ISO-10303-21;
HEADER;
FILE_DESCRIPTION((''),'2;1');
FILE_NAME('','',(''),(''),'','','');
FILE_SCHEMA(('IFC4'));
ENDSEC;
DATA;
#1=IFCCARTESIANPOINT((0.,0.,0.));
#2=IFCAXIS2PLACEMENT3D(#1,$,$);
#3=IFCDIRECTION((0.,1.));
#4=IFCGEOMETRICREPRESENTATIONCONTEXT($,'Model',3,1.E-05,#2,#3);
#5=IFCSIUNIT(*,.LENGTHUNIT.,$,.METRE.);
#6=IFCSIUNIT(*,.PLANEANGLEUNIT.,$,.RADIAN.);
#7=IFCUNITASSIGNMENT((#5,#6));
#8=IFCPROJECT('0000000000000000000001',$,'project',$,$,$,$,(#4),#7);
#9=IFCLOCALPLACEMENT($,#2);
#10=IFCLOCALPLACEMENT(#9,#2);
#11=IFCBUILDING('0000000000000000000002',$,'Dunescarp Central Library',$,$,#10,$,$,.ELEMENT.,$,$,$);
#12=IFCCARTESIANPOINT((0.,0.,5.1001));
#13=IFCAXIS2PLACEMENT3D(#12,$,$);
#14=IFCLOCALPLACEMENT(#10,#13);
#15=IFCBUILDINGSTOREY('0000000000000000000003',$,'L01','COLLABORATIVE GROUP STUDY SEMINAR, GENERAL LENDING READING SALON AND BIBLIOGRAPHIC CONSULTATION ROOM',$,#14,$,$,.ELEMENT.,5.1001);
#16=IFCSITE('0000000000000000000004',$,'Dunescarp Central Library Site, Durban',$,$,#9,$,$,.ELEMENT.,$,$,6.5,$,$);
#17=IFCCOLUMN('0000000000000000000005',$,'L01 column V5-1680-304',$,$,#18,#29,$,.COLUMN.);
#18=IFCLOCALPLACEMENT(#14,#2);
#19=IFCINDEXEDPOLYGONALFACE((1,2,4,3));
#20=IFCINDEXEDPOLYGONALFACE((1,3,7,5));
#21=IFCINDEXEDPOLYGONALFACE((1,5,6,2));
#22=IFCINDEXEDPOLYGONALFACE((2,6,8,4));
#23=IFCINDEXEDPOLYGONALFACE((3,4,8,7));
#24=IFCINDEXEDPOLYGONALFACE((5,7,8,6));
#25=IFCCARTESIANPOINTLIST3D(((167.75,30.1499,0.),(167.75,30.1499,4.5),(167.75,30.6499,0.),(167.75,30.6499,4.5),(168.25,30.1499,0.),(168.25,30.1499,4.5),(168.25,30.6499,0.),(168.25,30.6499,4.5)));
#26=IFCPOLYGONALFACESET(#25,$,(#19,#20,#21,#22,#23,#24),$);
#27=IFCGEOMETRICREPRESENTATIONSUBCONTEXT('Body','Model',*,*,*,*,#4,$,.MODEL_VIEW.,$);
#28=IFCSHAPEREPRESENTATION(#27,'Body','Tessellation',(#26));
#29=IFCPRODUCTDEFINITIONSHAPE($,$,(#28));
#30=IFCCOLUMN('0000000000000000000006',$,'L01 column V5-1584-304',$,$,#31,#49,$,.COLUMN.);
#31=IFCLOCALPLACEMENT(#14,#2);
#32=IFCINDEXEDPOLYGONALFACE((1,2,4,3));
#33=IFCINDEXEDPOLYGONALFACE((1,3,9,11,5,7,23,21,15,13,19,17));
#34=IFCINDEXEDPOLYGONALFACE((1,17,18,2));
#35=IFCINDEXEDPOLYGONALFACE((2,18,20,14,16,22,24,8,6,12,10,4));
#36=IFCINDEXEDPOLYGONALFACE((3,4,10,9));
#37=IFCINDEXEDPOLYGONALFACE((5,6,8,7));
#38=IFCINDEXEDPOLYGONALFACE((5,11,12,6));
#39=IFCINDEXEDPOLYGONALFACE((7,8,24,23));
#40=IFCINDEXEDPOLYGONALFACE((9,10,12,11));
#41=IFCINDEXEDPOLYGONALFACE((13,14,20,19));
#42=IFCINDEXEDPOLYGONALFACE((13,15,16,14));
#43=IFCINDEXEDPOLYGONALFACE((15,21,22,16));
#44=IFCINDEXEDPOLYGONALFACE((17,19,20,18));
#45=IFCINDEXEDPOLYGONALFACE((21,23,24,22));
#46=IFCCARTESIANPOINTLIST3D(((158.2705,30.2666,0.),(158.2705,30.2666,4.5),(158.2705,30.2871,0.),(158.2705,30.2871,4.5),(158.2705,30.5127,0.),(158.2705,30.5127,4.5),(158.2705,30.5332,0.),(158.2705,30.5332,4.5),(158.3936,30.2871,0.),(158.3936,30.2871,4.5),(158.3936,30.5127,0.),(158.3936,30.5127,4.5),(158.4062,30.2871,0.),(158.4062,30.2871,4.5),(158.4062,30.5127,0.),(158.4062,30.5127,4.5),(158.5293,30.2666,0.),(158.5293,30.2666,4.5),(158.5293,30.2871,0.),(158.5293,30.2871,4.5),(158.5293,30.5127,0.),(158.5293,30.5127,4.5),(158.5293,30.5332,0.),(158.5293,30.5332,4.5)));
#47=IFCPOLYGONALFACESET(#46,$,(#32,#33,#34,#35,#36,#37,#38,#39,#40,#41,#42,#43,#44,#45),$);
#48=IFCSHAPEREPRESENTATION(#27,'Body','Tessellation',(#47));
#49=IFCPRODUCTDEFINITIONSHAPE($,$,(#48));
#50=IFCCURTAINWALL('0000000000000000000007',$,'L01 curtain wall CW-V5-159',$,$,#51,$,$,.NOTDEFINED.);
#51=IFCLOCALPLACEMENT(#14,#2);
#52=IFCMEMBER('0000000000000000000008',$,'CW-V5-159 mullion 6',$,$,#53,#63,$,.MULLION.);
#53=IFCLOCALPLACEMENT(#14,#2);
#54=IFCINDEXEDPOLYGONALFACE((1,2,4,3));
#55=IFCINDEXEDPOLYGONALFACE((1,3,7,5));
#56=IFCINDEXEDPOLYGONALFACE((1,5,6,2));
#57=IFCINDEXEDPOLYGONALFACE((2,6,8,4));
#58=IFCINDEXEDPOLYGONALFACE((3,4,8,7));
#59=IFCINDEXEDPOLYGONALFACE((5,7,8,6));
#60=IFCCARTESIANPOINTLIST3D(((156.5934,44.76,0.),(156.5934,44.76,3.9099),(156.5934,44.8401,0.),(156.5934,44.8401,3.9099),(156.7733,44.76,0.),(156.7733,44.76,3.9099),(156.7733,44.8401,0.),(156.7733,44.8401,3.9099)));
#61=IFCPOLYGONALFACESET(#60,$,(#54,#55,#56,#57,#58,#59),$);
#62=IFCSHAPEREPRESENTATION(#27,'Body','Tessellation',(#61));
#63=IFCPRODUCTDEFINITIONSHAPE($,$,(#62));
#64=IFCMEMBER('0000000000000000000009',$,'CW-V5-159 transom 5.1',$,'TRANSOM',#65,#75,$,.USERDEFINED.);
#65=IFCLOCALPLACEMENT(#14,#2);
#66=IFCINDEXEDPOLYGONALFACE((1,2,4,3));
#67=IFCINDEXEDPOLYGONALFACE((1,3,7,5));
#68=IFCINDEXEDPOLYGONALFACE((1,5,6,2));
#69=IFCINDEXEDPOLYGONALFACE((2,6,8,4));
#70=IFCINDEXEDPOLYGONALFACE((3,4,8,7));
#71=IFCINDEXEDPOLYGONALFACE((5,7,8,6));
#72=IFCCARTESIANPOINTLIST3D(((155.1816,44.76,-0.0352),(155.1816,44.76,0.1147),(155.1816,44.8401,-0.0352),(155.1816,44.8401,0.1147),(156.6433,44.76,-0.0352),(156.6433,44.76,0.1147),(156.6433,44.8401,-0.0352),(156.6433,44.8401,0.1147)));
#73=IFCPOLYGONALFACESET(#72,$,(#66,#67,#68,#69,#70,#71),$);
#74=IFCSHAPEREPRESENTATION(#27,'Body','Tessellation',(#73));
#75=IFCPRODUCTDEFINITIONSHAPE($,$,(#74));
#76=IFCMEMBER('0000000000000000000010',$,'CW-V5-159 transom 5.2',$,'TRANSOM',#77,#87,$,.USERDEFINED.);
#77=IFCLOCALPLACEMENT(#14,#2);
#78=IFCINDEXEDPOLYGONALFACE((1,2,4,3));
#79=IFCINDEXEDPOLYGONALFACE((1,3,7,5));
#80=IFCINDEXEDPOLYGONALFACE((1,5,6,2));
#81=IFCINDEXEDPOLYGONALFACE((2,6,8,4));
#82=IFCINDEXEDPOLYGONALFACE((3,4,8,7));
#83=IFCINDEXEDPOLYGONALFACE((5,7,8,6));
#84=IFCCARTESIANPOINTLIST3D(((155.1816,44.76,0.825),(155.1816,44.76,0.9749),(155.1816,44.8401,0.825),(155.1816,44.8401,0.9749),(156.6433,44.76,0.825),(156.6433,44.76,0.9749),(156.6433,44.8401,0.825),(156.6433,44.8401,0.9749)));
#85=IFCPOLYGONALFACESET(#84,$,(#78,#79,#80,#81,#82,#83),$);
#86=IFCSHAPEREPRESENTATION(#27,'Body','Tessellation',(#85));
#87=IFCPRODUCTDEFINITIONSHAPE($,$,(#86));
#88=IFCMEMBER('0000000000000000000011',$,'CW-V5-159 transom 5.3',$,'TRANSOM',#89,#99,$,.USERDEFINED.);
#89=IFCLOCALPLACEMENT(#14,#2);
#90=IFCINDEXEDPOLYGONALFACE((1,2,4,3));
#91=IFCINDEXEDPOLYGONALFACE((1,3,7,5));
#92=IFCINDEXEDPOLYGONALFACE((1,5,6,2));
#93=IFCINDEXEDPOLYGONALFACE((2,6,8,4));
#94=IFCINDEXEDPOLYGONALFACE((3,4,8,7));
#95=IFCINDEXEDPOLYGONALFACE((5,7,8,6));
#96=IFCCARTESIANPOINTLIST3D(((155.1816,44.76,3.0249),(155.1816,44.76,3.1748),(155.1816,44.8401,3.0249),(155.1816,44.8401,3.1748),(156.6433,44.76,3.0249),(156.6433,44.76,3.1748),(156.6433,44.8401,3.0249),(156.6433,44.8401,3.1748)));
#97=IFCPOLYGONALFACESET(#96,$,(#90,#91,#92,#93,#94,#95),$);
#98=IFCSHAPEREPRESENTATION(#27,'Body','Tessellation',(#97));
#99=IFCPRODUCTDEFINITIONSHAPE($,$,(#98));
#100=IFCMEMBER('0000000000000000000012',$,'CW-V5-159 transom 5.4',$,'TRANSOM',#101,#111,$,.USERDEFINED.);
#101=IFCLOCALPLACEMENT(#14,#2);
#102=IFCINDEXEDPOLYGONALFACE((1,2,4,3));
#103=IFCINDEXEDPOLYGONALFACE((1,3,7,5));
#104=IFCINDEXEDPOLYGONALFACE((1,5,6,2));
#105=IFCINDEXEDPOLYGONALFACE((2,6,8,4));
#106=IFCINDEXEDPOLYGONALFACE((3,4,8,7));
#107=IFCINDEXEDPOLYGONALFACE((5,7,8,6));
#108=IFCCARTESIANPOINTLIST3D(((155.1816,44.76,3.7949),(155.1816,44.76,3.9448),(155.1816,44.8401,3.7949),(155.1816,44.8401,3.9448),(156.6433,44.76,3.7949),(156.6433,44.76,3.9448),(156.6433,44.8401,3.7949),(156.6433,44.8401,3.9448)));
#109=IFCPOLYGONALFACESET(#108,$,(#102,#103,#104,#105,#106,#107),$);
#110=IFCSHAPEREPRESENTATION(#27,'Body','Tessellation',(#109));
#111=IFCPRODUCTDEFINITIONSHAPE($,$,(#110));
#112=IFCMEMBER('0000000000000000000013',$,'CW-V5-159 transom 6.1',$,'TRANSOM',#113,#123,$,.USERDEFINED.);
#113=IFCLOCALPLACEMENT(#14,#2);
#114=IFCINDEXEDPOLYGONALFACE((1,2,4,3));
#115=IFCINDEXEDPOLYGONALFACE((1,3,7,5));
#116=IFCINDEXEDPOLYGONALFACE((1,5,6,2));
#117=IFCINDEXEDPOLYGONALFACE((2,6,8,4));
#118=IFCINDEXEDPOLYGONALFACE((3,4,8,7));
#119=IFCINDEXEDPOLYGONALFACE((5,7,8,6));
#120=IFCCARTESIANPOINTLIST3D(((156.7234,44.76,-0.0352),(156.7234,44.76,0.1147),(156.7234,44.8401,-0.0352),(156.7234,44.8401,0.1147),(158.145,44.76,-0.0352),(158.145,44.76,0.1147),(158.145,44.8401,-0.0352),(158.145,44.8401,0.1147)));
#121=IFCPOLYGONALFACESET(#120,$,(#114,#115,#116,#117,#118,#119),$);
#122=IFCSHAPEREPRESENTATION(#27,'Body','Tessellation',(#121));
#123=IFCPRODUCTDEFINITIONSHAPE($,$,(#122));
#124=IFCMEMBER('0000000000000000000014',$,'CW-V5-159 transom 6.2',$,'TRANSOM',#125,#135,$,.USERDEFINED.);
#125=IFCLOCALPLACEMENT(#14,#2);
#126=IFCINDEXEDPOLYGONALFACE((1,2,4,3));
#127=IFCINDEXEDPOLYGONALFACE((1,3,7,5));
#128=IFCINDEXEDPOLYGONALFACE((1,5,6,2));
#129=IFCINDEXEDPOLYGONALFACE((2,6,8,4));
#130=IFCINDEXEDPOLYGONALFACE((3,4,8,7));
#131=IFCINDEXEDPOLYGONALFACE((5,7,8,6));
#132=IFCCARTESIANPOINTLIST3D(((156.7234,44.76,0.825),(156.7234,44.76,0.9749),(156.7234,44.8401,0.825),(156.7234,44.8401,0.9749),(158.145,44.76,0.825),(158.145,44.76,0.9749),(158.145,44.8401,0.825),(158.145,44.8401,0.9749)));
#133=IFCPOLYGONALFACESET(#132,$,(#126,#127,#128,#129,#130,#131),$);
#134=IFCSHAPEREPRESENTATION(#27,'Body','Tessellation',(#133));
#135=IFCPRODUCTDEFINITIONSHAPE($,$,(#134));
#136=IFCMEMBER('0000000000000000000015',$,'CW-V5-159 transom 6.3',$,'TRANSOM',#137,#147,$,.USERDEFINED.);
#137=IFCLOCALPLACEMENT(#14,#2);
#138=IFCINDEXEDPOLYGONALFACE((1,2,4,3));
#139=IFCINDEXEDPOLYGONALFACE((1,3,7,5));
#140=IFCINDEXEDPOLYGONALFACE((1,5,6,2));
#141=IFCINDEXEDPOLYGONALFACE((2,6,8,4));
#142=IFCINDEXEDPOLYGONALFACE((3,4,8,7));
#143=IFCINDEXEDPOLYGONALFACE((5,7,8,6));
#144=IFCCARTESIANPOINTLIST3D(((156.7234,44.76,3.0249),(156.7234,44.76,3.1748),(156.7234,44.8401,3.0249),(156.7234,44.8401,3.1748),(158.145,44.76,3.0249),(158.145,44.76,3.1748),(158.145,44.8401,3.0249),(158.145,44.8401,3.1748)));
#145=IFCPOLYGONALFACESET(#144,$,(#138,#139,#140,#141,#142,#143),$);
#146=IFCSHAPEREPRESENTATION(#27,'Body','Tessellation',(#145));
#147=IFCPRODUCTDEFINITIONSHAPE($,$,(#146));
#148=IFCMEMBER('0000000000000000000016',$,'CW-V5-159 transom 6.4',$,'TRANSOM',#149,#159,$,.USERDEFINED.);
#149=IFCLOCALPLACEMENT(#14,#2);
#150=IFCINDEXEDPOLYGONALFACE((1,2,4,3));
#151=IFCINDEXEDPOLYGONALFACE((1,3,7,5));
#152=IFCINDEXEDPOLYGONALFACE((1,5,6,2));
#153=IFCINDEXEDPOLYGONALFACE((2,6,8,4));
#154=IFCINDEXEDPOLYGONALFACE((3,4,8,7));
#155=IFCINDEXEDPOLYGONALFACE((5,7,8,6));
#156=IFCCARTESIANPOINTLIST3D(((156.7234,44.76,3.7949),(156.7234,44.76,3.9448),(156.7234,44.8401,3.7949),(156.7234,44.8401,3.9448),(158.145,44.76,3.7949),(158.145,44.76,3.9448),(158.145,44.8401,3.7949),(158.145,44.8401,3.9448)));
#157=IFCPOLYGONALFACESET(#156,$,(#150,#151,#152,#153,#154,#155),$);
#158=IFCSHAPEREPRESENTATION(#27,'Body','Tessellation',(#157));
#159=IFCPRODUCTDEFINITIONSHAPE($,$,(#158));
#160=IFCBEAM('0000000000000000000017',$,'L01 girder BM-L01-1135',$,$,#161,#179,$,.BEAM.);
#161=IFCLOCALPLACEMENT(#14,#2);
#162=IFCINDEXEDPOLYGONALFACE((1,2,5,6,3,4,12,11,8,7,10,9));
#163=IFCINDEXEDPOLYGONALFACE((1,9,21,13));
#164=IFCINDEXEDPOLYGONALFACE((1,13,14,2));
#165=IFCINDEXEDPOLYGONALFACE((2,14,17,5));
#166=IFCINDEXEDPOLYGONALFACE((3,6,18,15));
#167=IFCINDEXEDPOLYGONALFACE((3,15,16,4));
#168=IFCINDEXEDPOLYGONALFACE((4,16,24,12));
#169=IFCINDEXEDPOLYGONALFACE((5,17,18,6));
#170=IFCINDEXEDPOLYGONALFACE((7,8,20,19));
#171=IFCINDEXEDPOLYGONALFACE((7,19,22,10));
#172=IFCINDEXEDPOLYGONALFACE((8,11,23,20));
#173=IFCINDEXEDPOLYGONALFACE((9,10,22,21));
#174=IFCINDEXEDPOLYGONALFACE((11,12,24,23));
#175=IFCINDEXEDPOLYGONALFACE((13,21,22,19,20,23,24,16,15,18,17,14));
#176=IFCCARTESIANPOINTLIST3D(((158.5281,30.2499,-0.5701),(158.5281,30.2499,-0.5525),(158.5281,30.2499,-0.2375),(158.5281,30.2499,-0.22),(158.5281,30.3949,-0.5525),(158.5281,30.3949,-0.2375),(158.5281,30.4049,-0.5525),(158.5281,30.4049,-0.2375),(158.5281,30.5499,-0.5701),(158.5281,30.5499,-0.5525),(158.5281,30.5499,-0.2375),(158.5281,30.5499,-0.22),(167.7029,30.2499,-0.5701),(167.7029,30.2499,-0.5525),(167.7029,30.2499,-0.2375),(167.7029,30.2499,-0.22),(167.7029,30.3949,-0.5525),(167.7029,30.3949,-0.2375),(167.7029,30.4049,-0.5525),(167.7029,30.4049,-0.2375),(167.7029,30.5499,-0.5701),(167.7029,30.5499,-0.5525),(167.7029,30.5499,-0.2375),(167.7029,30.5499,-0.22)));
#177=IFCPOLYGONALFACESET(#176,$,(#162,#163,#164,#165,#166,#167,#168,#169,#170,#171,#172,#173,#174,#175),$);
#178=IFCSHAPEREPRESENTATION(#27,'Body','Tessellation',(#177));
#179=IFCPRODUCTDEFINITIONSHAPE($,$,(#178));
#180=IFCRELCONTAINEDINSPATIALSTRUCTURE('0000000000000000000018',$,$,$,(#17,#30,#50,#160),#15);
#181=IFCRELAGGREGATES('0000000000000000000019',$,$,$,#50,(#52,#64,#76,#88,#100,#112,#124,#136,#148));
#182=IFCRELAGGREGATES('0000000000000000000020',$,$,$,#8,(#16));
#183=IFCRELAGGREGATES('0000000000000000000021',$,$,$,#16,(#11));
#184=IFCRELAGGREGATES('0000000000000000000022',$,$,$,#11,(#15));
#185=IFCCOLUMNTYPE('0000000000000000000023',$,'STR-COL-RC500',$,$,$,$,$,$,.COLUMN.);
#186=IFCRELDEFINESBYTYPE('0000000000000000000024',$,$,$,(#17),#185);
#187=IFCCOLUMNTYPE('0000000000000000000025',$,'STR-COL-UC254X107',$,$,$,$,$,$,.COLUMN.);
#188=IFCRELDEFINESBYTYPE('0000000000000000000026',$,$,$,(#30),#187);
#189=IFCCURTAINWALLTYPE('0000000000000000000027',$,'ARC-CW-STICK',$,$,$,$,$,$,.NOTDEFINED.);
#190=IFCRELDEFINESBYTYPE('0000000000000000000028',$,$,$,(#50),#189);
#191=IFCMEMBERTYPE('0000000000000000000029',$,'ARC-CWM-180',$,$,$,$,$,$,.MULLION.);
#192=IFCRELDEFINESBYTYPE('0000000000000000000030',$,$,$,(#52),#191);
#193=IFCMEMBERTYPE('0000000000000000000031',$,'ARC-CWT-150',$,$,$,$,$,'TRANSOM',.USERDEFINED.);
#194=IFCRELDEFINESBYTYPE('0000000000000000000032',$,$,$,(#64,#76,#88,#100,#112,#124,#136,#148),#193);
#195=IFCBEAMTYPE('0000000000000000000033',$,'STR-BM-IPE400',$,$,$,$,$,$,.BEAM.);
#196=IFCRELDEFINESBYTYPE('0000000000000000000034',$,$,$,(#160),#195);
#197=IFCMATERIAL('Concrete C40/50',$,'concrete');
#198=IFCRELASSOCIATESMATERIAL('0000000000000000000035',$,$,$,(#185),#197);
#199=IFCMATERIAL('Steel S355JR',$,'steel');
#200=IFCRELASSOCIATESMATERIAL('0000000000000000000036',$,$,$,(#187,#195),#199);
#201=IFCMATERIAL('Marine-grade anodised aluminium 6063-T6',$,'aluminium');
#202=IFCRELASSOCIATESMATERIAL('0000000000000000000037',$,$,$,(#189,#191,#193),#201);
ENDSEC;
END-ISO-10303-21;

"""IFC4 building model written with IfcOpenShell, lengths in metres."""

from ifc_helpers import new_model, si_unit, direction, frame, origin, origin_2d, place, context, subcontext, project, spatial, rectangle, i_section, extrude, material, material_profile, profile_set, type_object, element, aggregate, save


model = new_model("IFC4")

# Units and contexts
model_context = context("Model", 3, precision=1e-05, world=origin(), true_north=direction((0.0, 1.0)))
body_context = subcontext(model_context, "Body", "Model", "MODEL_VIEW")
ifc_project = project(units=[si_unit("LENGTHUNIT", "METRE"), si_unit("PLANEANGLEUNIT", "RADIAN")], contexts=[model_context])

# Site, building, storey
site_placement = place(None, origin())
site = spatial("IfcSite", under=ifc_project, at=site_placement, Name="Dunescarp Central Library Site, Durban", CompositionType="ELEMENT", RefElevation=6.5)
building_placement = place(site_placement, origin())
building = spatial("IfcBuilding", under=site, at=building_placement, Name="Dunescarp Central Library", CompositionType="ELEMENT")
storey_placement = place(building_placement, frame((0.0, 0.0, 5.1001)))
storey = spatial("IfcBuildingStorey", under=building, at=storey_placement, Name="L01", Description="COLLABORATIVE GROUP STUDY SEMINAR, GENERAL LENDING READING SALON AND BIBLIOGRAPHIC CONSULTATION ROOM", CompositionType="ELEMENT", Elevation=5.1001)

# Columns
ifc_material_1 = material(Name="Concrete C40/50", Category="concrete")
ifc_material_profile_1 = material_profile(ifc_material_1, rectangle(XDim=0.5, YDim=0.5, at=origin_2d()), Name="RC 500x500")
ifc_profile_set_1 = profile_set([ifc_material_profile_1], Name="Concrete C40/50")
column_type_1 = type_object("IfcColumnType", Name="STR-COL-RC500", PredefinedType="COLUMN", material=ifc_profile_set_1)
column_1_placement = place(storey_placement, frame((168.0, 30.3999, 0.0), z_axis=(0.0, 0.0, 1.0), x_axis=(1.0, 0.0, 0.0)))
element("IfcColumn", 1, at=column_1_placement, inside=storey, type_object=column_type_1, Name="L01 column V5-1680-304", PredefinedType="COLUMN", context=body_context, shape_type="SweptSolid", body=[
    extrude(rectangle(XDim=0.5, YDim=0.5, at=origin_2d()), origin(), (0.0, 0.0, 1.0), 4.5),
])
ifc_material_2 = material(Name="Steel S355JR", Category="steel")
ifc_material_profile_2 = material_profile(ifc_material_2, i_section(OverallWidth=0.2588, OverallDepth=0.2666, WebThickness=0.0127, FlangeThickness=0.0205, at=origin_2d()), Name="UC 254x254x107")
ifc_profile_set_2 = profile_set([ifc_material_profile_2], Name="Steel S355JR")
column_type_2 = type_object("IfcColumnType", Name="STR-COL-UC254X107", PredefinedType="COLUMN", material=ifc_profile_set_2)
column_2_placement = place(storey_placement, frame((158.3999, 30.3999, 0.0), z_axis=(0.0, 0.0, 1.0), x_axis=(1.0, 0.0, 0.0)))
element("IfcColumn", 2, at=column_2_placement, inside=storey, type_object=column_type_2, Name="L01 column V5-1584-304", PredefinedType="COLUMN", context=body_context, shape_type="SweptSolid", body=[
    extrude(i_section(OverallWidth=0.2588, OverallDepth=0.2666, WebThickness=0.0127, FlangeThickness=0.0205, at=origin_2d()), origin(), (0.0, 0.0, 1.0), 4.5),
])

# Curtain wall, members
ifc_material_3 = material(Name="Marine-grade anodised aluminium 6063-T6", Category="aluminium")
curtain_wall_type = type_object("IfcCurtainWallType", Name="ARC-CW-STICK", PredefinedType="NOTDEFINED", material=ifc_material_3)
curtain_wall_placement = place(storey_placement, origin())
curtain_wall = element("IfcCurtainWall", 3, at=curtain_wall_placement, inside=storey, type_object=curtain_wall_type, Name="L01 curtain wall CW-V5-159", PredefinedType="NOTDEFINED")
ifc_material_profile_3 = material_profile(ifc_material_3, rectangle(XDim=0.0801, YDim=0.1799, at=origin_2d()), Name="AL 80x180")
ifc_profile_set_3 = profile_set([ifc_material_profile_3], Name="Marine-grade anodised aluminium 6063-T6")
member_type_1 = type_object("IfcMemberType", Name="ARC-CWM-180", PredefinedType="MULLION", material=ifc_profile_set_3)
member_1_placement = place(storey_placement, frame((156.6833, 44.8, 0.0), z_axis=(0.0, 0.0, 1.0), x_axis=(0.0, 1.0, 0.0)))
member_1 = element("IfcMember", 4, at=member_1_placement, type_object=member_type_1, Name="CW-V5-159 mullion 6", PredefinedType="MULLION", context=body_context, shape_type="SweptSolid", body=[
    extrude(rectangle(XDim=0.0801, YDim=0.1799, at=origin_2d()), origin(), (0.0, 0.0, 1.0), 3.9099),
])
ifc_material_profile_4 = material_profile(ifc_material_3, rectangle(XDim=0.0801, YDim=0.1499, at=origin_2d()), Name="AL 80x150")
ifc_profile_set_4 = profile_set([ifc_material_profile_4], Name="Marine-grade anodised aluminium 6063-T6")
member_type_2 = type_object("IfcMemberType", Name="ARC-CWT-150", ElementType="TRANSOM", PredefinedType="USERDEFINED", material=ifc_profile_set_4)
member_2_placement = place(storey_placement, frame((155.1816, 44.8, 0.0398), z_axis=(1.0, 0.0, 0.0), x_axis=(0.0, 1.0, 0.0)))
member_2 = element("IfcMember", 5, at=member_2_placement, type_object=member_type_2, Name="CW-V5-159 transom 5.1", ObjectType="TRANSOM", PredefinedType="USERDEFINED", context=body_context, shape_type="SweptSolid", body=[
    extrude(rectangle(XDim=0.0801, YDim=0.1499, at=origin_2d()), origin(), (0.0, 0.0, 1.0), 1.4617),
])
member_3_placement = place(storey_placement, frame((155.1816, 44.8, 0.8999), z_axis=(1.0, 0.0, 0.0), x_axis=(0.0, 1.0, 0.0)))
member_3 = element("IfcMember", 6, at=member_3_placement, type_object=member_type_2, Name="CW-V5-159 transom 5.2", ObjectType="TRANSOM", PredefinedType="USERDEFINED", context=body_context, shape_type="SweptSolid", body=[
    extrude(rectangle(XDim=0.0801, YDim=0.1499, at=origin_2d()), origin(), (0.0, 0.0, 1.0), 1.4617),
])
member_4_placement = place(storey_placement, frame((155.1816, 44.8, 3.0999), z_axis=(1.0, 0.0, 0.0), x_axis=(0.0, 1.0, 0.0)))
member_4 = element("IfcMember", 7, at=member_4_placement, type_object=member_type_2, Name="CW-V5-159 transom 5.3", ObjectType="TRANSOM", PredefinedType="USERDEFINED", context=body_context, shape_type="SweptSolid", body=[
    extrude(rectangle(XDim=0.0801, YDim=0.1499, at=origin_2d()), origin(), (0.0, 0.0, 1.0), 1.4617),
])
member_5_placement = place(storey_placement, frame((155.1816, 44.8, 3.8699), z_axis=(1.0, 0.0, 0.0), x_axis=(0.0, 1.0, 0.0)))
member_5 = element("IfcMember", 8, at=member_5_placement, type_object=member_type_2, Name="CW-V5-159 transom 5.4", ObjectType="TRANSOM", PredefinedType="USERDEFINED", context=body_context, shape_type="SweptSolid", body=[
    extrude(rectangle(XDim=0.0801, YDim=0.1499, at=origin_2d()), origin(), (0.0, 0.0, 1.0), 1.4617),
])
member_6_placement = place(storey_placement, frame((156.7234, 44.8, 0.0398), z_axis=(1.0, 0.0, 0.0), x_axis=(0.0, 1.0, 0.0)))
member_6 = element("IfcMember", 9, at=member_6_placement, type_object=member_type_2, Name="CW-V5-159 transom 6.1", ObjectType="TRANSOM", PredefinedType="USERDEFINED", context=body_context, shape_type="SweptSolid", body=[
    extrude(rectangle(XDim=0.0801, YDim=0.1499, at=origin_2d()), origin(), (0.0, 0.0, 1.0), 1.4216),
])
member_7_placement = place(storey_placement, frame((156.7234, 44.8, 0.8999), z_axis=(1.0, 0.0, 0.0), x_axis=(0.0, 1.0, 0.0)))
member_7 = element("IfcMember", 10, at=member_7_placement, type_object=member_type_2, Name="CW-V5-159 transom 6.2", ObjectType="TRANSOM", PredefinedType="USERDEFINED", context=body_context, shape_type="SweptSolid", body=[
    extrude(rectangle(XDim=0.0801, YDim=0.1499, at=origin_2d()), origin(), (0.0, 0.0, 1.0), 1.4216),
])
member_8_placement = place(storey_placement, frame((156.7234, 44.8, 3.0999), z_axis=(1.0, 0.0, 0.0), x_axis=(0.0, 1.0, 0.0)))
member_8 = element("IfcMember", 11, at=member_8_placement, type_object=member_type_2, Name="CW-V5-159 transom 6.3", ObjectType="TRANSOM", PredefinedType="USERDEFINED", context=body_context, shape_type="SweptSolid", body=[
    extrude(rectangle(XDim=0.0801, YDim=0.1499, at=origin_2d()), origin(), (0.0, 0.0, 1.0), 1.4216),
])
member_9_placement = place(storey_placement, frame((156.7234, 44.8, 3.8699), z_axis=(1.0, 0.0, 0.0), x_axis=(0.0, 1.0, 0.0)))
member_9 = element("IfcMember", 12, at=member_9_placement, type_object=member_type_2, Name="CW-V5-159 transom 6.4", ObjectType="TRANSOM", PredefinedType="USERDEFINED", context=body_context, shape_type="SweptSolid", body=[
    extrude(rectangle(XDim=0.0801, YDim=0.1499, at=origin_2d()), origin(), (0.0, 0.0, 1.0), 1.4216),
])

# Beam
ifc_material_profile_5 = material_profile(ifc_material_2, i_section(OverallWidth=0.3, OverallDepth=0.3501, WebThickness=0.01, FlangeThickness=0.0176, at=origin_2d()), Name="HEA 360")
ifc_profile_set_5 = profile_set([ifc_material_profile_5], Name="Steel S355JR")
beam_type_1 = type_object("IfcBeamType", Name="STR-BM-IPE400", PredefinedType="BEAM", material=ifc_profile_set_5)
beam_1_placement = place(storey_placement, frame((158.5281, 30.3999, -0.395), z_axis=(1.0, 0.0, 0.0), x_axis=(0.0, 1.0, 0.0)))
element("IfcBeam", 13, at=beam_1_placement, inside=storey, type_object=beam_type_1, Name="L01 girder BM-L01-1135", PredefinedType="BEAM", context=body_context, shape_type="SweptSolid", body=[
    extrude(i_section(OverallWidth=0.3, OverallDepth=0.3501, WebThickness=0.01, FlangeThickness=0.0176, at=origin_2d()), origin(), (0.0, 0.0, 1.0), 9.1748),
])

aggregate(curtain_wall, [member_1, member_2, member_3, member_4, member_5, member_6, member_7, member_8, member_9])

save(model, "model.ifc")
